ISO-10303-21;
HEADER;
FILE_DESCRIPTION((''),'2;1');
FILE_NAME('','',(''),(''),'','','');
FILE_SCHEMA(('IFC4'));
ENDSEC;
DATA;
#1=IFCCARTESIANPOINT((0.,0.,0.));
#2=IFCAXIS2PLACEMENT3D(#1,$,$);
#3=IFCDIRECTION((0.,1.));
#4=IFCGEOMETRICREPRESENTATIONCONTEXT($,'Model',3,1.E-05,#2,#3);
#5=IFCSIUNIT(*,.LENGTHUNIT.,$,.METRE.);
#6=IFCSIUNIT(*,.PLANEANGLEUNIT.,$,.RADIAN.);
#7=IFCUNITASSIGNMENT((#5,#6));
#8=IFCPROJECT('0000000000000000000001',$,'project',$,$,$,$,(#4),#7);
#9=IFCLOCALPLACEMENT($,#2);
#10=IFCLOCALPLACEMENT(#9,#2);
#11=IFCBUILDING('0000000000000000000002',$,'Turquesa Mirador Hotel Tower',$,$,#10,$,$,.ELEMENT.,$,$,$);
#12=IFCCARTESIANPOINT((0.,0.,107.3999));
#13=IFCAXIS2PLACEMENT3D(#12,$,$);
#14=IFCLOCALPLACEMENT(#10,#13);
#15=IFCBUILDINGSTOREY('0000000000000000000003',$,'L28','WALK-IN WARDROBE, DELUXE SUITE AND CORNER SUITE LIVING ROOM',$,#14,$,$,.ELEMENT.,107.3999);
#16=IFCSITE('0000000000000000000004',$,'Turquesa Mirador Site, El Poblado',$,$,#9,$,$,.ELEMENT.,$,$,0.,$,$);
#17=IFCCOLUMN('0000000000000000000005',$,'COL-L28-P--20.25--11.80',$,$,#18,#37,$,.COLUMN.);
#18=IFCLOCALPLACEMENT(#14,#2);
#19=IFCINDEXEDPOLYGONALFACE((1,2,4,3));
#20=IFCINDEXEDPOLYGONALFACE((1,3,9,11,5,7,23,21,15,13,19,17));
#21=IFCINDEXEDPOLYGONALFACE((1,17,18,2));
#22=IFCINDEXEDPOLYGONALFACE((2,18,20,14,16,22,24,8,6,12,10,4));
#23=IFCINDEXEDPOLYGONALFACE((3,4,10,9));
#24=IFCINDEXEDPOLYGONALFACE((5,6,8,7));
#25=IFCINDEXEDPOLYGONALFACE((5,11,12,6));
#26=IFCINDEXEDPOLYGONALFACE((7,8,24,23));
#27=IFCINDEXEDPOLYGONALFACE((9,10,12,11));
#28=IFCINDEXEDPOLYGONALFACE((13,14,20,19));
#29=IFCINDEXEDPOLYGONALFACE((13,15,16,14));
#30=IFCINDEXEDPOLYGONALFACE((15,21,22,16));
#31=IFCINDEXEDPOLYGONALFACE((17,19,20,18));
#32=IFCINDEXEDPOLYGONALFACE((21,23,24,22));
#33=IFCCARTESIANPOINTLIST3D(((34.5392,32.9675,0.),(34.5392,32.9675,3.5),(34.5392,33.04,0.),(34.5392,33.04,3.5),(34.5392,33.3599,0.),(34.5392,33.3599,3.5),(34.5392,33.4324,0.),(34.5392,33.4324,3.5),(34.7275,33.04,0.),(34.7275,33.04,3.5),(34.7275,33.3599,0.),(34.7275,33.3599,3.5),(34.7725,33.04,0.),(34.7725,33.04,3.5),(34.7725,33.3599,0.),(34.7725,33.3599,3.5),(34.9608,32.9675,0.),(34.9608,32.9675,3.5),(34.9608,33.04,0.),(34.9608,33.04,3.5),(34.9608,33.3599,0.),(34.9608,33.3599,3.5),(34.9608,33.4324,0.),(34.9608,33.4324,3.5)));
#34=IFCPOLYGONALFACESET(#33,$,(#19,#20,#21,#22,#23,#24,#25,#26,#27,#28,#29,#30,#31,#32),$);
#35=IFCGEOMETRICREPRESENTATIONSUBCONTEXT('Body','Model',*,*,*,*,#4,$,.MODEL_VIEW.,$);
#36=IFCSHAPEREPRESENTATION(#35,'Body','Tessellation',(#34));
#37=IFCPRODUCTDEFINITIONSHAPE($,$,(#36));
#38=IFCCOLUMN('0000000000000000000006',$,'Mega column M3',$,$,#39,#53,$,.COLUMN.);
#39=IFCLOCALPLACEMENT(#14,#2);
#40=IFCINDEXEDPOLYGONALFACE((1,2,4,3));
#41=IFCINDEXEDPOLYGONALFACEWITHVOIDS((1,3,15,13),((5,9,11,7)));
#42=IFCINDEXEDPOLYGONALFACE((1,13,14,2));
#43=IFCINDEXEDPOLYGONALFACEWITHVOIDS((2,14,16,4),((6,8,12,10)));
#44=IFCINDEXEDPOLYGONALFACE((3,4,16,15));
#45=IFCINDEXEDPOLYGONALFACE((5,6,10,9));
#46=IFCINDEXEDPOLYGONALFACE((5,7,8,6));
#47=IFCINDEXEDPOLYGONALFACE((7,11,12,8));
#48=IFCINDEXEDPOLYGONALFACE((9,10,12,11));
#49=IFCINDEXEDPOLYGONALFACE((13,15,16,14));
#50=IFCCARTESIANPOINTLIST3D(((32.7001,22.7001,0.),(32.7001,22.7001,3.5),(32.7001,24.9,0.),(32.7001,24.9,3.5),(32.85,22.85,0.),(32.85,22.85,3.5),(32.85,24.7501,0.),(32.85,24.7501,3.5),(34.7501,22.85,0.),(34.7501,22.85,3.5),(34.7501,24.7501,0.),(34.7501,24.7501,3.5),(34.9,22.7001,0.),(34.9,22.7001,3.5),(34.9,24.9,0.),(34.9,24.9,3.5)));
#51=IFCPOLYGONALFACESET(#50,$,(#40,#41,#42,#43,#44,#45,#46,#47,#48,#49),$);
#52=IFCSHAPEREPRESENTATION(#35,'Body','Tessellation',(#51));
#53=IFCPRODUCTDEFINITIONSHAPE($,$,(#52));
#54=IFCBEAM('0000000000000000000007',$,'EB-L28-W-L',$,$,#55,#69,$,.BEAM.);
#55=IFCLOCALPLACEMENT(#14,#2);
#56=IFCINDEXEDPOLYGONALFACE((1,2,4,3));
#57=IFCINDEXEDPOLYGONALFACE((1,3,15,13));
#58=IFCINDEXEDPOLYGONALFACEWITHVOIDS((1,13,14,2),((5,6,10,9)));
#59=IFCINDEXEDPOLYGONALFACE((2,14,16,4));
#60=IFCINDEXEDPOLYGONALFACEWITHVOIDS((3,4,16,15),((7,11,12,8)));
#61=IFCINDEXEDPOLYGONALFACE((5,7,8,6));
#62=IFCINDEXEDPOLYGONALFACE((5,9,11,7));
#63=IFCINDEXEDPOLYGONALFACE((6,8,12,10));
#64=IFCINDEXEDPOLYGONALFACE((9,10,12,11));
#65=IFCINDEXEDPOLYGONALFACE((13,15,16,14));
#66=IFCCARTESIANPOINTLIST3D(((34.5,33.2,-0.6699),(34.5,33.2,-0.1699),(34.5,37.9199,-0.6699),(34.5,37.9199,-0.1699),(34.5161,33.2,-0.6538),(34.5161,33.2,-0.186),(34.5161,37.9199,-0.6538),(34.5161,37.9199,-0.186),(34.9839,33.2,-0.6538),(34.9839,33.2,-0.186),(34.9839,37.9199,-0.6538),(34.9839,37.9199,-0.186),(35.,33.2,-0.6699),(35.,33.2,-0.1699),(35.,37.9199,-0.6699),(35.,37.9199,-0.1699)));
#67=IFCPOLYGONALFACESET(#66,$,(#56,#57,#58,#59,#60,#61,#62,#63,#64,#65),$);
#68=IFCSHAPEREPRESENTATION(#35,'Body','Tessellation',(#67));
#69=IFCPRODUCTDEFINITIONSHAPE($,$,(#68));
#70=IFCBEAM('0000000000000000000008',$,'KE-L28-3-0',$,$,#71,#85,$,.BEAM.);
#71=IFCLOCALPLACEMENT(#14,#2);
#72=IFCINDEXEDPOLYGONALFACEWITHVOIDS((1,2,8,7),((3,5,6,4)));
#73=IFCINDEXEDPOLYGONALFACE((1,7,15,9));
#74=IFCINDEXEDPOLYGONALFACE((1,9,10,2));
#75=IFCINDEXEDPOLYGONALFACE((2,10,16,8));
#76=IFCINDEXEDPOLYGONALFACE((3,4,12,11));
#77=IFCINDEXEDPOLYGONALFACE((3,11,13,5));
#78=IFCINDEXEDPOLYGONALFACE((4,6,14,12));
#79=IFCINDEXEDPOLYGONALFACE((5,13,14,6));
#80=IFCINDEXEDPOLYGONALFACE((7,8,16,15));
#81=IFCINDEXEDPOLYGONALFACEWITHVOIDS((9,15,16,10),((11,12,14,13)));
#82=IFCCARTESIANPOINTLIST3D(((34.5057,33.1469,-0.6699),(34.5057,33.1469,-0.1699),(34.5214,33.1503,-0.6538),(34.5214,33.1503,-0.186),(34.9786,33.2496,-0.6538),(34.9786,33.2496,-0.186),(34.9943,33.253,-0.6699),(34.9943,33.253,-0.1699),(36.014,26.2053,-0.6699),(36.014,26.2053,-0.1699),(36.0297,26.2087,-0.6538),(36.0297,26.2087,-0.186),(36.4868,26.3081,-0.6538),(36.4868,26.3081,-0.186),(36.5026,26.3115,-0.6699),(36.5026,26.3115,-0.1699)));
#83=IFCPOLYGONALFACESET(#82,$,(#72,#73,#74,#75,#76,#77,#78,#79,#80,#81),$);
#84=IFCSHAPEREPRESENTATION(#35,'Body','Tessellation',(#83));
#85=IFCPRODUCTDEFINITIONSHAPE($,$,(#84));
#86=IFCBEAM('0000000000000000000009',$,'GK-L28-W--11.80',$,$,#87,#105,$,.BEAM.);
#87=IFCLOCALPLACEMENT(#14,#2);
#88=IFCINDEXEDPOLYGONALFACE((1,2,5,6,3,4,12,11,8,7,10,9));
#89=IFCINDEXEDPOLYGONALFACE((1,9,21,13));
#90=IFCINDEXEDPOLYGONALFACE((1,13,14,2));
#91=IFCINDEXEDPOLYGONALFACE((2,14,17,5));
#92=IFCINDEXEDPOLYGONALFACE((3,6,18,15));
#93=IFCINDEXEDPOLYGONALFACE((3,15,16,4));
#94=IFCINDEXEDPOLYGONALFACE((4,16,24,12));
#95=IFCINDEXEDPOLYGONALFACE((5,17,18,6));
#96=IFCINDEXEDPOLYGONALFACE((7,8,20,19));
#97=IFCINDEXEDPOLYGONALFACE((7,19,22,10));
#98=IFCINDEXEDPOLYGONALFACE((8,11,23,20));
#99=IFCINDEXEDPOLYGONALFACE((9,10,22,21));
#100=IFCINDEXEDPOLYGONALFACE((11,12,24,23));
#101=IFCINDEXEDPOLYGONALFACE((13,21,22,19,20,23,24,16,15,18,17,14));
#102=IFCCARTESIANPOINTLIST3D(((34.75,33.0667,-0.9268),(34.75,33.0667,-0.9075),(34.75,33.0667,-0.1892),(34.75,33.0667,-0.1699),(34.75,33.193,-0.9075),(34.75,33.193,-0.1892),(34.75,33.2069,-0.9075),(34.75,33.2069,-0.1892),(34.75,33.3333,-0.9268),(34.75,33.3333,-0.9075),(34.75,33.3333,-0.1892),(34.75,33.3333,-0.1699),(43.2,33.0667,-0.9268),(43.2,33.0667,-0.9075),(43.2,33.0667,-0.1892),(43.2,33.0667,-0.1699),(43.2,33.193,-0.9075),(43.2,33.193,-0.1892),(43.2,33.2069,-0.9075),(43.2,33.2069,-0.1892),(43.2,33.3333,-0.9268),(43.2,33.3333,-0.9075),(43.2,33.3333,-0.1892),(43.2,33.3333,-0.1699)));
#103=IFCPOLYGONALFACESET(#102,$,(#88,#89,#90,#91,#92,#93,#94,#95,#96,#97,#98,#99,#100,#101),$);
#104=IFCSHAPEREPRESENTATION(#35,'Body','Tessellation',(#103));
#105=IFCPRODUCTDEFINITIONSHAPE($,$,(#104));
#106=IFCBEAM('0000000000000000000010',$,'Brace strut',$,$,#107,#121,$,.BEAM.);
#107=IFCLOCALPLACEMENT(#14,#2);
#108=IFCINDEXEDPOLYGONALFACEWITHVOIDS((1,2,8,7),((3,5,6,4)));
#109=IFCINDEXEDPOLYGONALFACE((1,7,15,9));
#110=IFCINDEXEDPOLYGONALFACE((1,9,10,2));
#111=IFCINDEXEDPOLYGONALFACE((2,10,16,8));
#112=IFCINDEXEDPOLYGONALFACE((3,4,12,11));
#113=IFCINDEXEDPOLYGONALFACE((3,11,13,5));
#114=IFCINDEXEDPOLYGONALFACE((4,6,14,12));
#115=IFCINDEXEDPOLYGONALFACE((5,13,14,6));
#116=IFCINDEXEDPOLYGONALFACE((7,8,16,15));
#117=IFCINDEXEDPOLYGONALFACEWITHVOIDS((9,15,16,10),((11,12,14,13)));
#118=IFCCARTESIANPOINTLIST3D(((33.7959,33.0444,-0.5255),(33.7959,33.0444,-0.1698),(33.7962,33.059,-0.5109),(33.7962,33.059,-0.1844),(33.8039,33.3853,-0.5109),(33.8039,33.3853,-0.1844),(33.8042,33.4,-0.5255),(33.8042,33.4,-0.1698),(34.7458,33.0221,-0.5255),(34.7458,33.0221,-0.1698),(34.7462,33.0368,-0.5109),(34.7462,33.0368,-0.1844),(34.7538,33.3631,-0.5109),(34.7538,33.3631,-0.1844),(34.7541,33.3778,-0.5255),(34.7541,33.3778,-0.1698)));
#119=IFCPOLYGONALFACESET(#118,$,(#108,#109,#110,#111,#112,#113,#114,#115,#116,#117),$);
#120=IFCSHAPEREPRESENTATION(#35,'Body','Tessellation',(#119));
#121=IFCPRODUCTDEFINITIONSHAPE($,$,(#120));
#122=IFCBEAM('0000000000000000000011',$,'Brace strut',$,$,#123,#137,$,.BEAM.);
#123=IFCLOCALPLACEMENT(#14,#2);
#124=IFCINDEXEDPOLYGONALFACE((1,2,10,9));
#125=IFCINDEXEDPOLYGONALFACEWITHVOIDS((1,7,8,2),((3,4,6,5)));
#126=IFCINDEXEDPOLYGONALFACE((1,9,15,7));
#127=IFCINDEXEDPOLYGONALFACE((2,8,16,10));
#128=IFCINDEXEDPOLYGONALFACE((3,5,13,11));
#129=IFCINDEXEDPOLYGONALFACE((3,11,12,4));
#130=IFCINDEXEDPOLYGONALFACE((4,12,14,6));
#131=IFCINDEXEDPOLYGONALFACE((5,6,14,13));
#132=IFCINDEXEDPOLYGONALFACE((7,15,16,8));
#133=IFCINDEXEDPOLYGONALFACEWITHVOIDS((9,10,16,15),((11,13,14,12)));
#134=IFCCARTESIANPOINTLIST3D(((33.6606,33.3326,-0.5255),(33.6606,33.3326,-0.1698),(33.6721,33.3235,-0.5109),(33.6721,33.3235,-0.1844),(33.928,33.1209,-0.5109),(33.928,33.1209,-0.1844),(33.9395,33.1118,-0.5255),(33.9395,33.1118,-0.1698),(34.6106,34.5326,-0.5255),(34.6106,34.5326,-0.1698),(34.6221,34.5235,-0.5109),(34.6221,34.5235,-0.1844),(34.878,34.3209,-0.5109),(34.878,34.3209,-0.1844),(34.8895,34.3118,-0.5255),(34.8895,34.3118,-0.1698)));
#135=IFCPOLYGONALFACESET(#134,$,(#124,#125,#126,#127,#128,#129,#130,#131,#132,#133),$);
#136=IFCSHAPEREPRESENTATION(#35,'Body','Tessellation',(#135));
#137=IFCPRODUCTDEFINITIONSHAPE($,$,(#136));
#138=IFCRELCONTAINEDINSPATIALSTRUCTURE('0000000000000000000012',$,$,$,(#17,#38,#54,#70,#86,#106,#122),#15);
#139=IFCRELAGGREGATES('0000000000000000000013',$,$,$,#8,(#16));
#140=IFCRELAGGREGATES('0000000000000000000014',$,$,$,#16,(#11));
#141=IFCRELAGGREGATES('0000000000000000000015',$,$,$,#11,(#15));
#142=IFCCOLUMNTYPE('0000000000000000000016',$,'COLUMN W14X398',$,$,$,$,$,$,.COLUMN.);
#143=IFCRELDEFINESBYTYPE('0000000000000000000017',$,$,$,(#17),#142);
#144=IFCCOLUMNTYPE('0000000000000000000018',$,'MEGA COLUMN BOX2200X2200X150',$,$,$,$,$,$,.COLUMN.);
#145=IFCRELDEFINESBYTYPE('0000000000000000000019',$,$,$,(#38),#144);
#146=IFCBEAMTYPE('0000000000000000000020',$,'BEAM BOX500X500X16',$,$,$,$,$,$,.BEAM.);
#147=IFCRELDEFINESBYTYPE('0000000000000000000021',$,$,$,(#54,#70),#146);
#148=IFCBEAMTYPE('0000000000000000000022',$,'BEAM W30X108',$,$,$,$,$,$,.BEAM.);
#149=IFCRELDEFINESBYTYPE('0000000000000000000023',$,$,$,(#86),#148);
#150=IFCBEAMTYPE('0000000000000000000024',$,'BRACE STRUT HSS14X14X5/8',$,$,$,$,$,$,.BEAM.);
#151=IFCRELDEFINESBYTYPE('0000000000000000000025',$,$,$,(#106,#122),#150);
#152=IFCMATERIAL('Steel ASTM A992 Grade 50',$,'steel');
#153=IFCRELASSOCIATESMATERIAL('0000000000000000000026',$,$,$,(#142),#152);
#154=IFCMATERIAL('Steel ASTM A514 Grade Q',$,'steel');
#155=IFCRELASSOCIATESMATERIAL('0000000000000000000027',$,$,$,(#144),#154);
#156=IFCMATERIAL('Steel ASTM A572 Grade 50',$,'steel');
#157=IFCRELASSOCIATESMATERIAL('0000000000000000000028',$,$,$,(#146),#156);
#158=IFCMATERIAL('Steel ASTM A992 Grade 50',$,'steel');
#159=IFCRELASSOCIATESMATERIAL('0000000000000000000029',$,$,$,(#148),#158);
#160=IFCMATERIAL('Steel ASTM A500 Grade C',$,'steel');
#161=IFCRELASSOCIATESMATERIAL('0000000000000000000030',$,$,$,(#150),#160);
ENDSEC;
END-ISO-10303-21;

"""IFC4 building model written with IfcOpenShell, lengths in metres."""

from ifc_helpers import new_model, si_unit, direction, frame, origin, origin_2d, place, context, subcontext, project, spatial, hollow_rectangle, i_section, extrude, material, material_profile, profile_set, type_object, element, save


model = new_model("IFC4")

# Units and contexts
model_context = context("Model", 3, precision=1e-05, world=origin(), true_north=direction((0.0, 1.0)))
body_context = subcontext(model_context, "Body", "Model", "MODEL_VIEW")
ifc_project = project(units=[si_unit("LENGTHUNIT", "METRE"), si_unit("PLANEANGLEUNIT", "RADIAN")], contexts=[model_context])

# Site, building, storey
site_placement = place(None, origin())
site = spatial("IfcSite", under=ifc_project, at=site_placement, Name="Turquesa Mirador Site, El Poblado", CompositionType="ELEMENT", RefElevation=0.0)
building_placement = place(site_placement, origin())
building = spatial("IfcBuilding", under=site, at=building_placement, Name="Turquesa Mirador Hotel Tower", CompositionType="ELEMENT")
storey_placement = place(building_placement, frame((0.0, 0.0, 107.3999)))
storey = spatial("IfcBuildingStorey", under=building, at=storey_placement, Name="L28", Description="WALK-IN WARDROBE, DELUXE SUITE AND CORNER SUITE LIVING ROOM", CompositionType="ELEMENT", Elevation=107.3999)

# Columns
ifc_material_1 = material(Name="Steel ASTM A992 Grade 50", Category="steel")
ifc_material_profile_1 = material_profile(ifc_material_1, i_section(OverallWidth=0.4216, OverallDepth=0.4648, WebThickness=0.0449, FlangeThickness=0.0725, at=origin_2d()), Name="W14X398")
ifc_profile_set_1 = profile_set([ifc_material_profile_1], Name="Steel ASTM A992 Grade 50")
column_type_1 = type_object("IfcColumnType", Name="COLUMN W14X398", PredefinedType="COLUMN", material=ifc_profile_set_1)
column_1_placement = place(storey_placement, frame((34.75, 33.2, 0.0), z_axis=(0.0, 0.0, 1.0), x_axis=(1.0, 0.0, 0.0)))
element("IfcColumn", 1, at=column_1_placement, inside=storey, type_object=column_type_1, Name="COL-L28-P--20.25--11.80", PredefinedType="COLUMN", context=body_context, shape_type="SweptSolid", body=[
    extrude(i_section(OverallWidth=0.4216, OverallDepth=0.4648, WebThickness=0.0449, FlangeThickness=0.0725, at=origin_2d()), origin(), (0.0, 0.0, 1.0), 3.5),
])
ifc_material_2 = material(Name="Steel ASTM A514 Grade Q", Category="steel")
ifc_material_profile_2 = material_profile(ifc_material_2, hollow_rectangle(XDim=2.2, YDim=2.2, WallThickness=0.1499, at=origin_2d()), Name="BOX2200X2200X150")
ifc_profile_set_2 = profile_set([ifc_material_profile_2], Name="Steel ASTM A514 Grade Q")
column_type_2 = type_object("IfcColumnType", Name="MEGA COLUMN BOX2200X2200X150", PredefinedType="COLUMN", material=ifc_profile_set_2)
column_2_placement = place(storey_placement, frame((33.8, 23.8, 0.0), z_axis=(0.0, 0.0, 1.0), x_axis=(1.0, 0.0, 0.0)))
element("IfcColumn", 2, at=column_2_placement, inside=storey, type_object=column_type_2, Name="Mega column M3", PredefinedType="COLUMN", context=body_context, shape_type="SweptSolid", body=[
    extrude(hollow_rectangle(XDim=2.2, YDim=2.2, WallThickness=0.1499, at=origin_2d()), origin(), (0.0, 0.0, 1.0), 3.5),
])

# Beams
ifc_material_3 = material(Name="Steel ASTM A572 Grade 50", Category="steel")
ifc_material_profile_3 = material_profile(ifc_material_3, hollow_rectangle(XDim=0.5, YDim=0.5, WallThickness=0.0161, at=origin_2d()), Name="BOX500X500X16")
ifc_profile_set_3 = profile_set([ifc_material_profile_3], Name="Steel ASTM A572 Grade 50")
beam_type_1 = type_object("IfcBeamType", Name="BEAM BOX500X500X16", PredefinedType="BEAM", material=ifc_profile_set_3)
beam_1_placement = place(storey_placement, frame((34.75, 33.2, -0.4199), z_axis=(0.0, 1.0, 0.0), x_axis=(-1.0, 0.0, 0.0)))
element("IfcBeam", 3, at=beam_1_placement, inside=storey, type_object=beam_type_1, Name="EB-L28-W-L", PredefinedType="BEAM", context=body_context, shape_type="SweptSolid", body=[
    extrude(hollow_rectangle(XDim=0.5, YDim=0.5, WallThickness=0.0161, at=origin_2d()), origin(), (0.0, 0.0, 1.0), 4.72),
])
beam_2_placement = place(storey_placement, frame((34.75, 33.2, -0.4199), z_axis=(0.212328, -0.977198, 0.0), x_axis=(0.977198, 0.212328, 0.0)))
element("IfcBeam", 4, at=beam_2_placement, inside=storey, type_object=beam_type_1, Name="KE-L28-3-0", PredefinedType="BEAM", context=body_context, shape_type="SweptSolid", body=[
    extrude(hollow_rectangle(XDim=0.5, YDim=0.5, WallThickness=0.0161, at=origin_2d()), origin(), (0.0, 0.0, 1.0), 7.1035),
])
ifc_material_4 = material(Name="Steel ASTM A992 Grade 50", Category="steel")
ifc_material_profile_4 = material_profile(ifc_material_4, i_section(OverallWidth=0.2666, OverallDepth=0.7568, WebThickness=0.0139, FlangeThickness=0.0193, at=origin_2d()), Name="W30X108")
ifc_profile_set_4 = profile_set([ifc_material_profile_4], Name="Steel ASTM A992 Grade 50")
beam_type_2 = type_object("IfcBeamType", Name="BEAM W30X108", PredefinedType="BEAM", material=ifc_profile_set_4)
beam_3_placement = place(storey_placement, frame((34.75, 33.2, -0.5483), z_axis=(1.0, 0.0, 0.0), x_axis=(0.0, 1.0, 0.0)))
element("IfcBeam", 5, at=beam_3_placement, inside=storey, type_object=beam_type_2, Name="GK-L28-W--11.80", PredefinedType="BEAM", context=body_context, shape_type="SweptSolid", body=[
    extrude(i_section(OverallWidth=0.2666, OverallDepth=0.7568, WebThickness=0.0139, FlangeThickness=0.0193, at=origin_2d()), origin(), (0.0, 0.0, 1.0), 8.45),
])
ifc_material_5 = material(Name="Steel ASTM A500 Grade C", Category="steel")
ifc_material_profile_5 = material_profile(ifc_material_5, hollow_rectangle(XDim=0.3557, YDim=0.3557, WallThickness=0.0146, at=origin_2d()), Name="HSS14X14X5/8")
ifc_profile_set_5 = profile_set([ifc_material_profile_5], Name="Steel ASTM A500 Grade C")
beam_type_3 = type_object("IfcBeamType", Name="BRACE STRUT HSS14X14X5/8", PredefinedType="BEAM", material=ifc_profile_set_5)
beam_4_placement = place(storey_placement, frame((33.8, 33.2222, -0.3477), z_axis=(0.999727, -0.023381, 0.0), x_axis=(0.023381, 0.999727, 0.0)))
element("IfcBeam", 6, at=beam_4_placement, inside=storey, type_object=beam_type_3, Name="Brace strut", PredefinedType="BEAM", context=body_context, shape_type="SweptSolid", body=[
    extrude(hollow_rectangle(XDim=0.3557, YDim=0.3557, WallThickness=0.0146, at=origin_2d()), origin(), (0.0, 0.0, 1.0), 0.9502),
])
beam_5_placement = place(storey_placement, frame((33.8, 33.2222, -0.3477), z_axis=(0.620699, 0.784049, 0.0), x_axis=(-0.784049, 0.620699, 0.0)))
element("IfcBeam", 7, at=beam_5_placement, inside=storey, type_object=beam_type_3, Name="Brace strut", PredefinedType="BEAM", context=body_context, shape_type="SweptSolid", body=[
    extrude(hollow_rectangle(XDim=0.3557, YDim=0.3557, WallThickness=0.0146, at=origin_2d()), origin(), (0.0, 0.0, 1.0), 1.5305),
])

save(model, "model.ifc")
